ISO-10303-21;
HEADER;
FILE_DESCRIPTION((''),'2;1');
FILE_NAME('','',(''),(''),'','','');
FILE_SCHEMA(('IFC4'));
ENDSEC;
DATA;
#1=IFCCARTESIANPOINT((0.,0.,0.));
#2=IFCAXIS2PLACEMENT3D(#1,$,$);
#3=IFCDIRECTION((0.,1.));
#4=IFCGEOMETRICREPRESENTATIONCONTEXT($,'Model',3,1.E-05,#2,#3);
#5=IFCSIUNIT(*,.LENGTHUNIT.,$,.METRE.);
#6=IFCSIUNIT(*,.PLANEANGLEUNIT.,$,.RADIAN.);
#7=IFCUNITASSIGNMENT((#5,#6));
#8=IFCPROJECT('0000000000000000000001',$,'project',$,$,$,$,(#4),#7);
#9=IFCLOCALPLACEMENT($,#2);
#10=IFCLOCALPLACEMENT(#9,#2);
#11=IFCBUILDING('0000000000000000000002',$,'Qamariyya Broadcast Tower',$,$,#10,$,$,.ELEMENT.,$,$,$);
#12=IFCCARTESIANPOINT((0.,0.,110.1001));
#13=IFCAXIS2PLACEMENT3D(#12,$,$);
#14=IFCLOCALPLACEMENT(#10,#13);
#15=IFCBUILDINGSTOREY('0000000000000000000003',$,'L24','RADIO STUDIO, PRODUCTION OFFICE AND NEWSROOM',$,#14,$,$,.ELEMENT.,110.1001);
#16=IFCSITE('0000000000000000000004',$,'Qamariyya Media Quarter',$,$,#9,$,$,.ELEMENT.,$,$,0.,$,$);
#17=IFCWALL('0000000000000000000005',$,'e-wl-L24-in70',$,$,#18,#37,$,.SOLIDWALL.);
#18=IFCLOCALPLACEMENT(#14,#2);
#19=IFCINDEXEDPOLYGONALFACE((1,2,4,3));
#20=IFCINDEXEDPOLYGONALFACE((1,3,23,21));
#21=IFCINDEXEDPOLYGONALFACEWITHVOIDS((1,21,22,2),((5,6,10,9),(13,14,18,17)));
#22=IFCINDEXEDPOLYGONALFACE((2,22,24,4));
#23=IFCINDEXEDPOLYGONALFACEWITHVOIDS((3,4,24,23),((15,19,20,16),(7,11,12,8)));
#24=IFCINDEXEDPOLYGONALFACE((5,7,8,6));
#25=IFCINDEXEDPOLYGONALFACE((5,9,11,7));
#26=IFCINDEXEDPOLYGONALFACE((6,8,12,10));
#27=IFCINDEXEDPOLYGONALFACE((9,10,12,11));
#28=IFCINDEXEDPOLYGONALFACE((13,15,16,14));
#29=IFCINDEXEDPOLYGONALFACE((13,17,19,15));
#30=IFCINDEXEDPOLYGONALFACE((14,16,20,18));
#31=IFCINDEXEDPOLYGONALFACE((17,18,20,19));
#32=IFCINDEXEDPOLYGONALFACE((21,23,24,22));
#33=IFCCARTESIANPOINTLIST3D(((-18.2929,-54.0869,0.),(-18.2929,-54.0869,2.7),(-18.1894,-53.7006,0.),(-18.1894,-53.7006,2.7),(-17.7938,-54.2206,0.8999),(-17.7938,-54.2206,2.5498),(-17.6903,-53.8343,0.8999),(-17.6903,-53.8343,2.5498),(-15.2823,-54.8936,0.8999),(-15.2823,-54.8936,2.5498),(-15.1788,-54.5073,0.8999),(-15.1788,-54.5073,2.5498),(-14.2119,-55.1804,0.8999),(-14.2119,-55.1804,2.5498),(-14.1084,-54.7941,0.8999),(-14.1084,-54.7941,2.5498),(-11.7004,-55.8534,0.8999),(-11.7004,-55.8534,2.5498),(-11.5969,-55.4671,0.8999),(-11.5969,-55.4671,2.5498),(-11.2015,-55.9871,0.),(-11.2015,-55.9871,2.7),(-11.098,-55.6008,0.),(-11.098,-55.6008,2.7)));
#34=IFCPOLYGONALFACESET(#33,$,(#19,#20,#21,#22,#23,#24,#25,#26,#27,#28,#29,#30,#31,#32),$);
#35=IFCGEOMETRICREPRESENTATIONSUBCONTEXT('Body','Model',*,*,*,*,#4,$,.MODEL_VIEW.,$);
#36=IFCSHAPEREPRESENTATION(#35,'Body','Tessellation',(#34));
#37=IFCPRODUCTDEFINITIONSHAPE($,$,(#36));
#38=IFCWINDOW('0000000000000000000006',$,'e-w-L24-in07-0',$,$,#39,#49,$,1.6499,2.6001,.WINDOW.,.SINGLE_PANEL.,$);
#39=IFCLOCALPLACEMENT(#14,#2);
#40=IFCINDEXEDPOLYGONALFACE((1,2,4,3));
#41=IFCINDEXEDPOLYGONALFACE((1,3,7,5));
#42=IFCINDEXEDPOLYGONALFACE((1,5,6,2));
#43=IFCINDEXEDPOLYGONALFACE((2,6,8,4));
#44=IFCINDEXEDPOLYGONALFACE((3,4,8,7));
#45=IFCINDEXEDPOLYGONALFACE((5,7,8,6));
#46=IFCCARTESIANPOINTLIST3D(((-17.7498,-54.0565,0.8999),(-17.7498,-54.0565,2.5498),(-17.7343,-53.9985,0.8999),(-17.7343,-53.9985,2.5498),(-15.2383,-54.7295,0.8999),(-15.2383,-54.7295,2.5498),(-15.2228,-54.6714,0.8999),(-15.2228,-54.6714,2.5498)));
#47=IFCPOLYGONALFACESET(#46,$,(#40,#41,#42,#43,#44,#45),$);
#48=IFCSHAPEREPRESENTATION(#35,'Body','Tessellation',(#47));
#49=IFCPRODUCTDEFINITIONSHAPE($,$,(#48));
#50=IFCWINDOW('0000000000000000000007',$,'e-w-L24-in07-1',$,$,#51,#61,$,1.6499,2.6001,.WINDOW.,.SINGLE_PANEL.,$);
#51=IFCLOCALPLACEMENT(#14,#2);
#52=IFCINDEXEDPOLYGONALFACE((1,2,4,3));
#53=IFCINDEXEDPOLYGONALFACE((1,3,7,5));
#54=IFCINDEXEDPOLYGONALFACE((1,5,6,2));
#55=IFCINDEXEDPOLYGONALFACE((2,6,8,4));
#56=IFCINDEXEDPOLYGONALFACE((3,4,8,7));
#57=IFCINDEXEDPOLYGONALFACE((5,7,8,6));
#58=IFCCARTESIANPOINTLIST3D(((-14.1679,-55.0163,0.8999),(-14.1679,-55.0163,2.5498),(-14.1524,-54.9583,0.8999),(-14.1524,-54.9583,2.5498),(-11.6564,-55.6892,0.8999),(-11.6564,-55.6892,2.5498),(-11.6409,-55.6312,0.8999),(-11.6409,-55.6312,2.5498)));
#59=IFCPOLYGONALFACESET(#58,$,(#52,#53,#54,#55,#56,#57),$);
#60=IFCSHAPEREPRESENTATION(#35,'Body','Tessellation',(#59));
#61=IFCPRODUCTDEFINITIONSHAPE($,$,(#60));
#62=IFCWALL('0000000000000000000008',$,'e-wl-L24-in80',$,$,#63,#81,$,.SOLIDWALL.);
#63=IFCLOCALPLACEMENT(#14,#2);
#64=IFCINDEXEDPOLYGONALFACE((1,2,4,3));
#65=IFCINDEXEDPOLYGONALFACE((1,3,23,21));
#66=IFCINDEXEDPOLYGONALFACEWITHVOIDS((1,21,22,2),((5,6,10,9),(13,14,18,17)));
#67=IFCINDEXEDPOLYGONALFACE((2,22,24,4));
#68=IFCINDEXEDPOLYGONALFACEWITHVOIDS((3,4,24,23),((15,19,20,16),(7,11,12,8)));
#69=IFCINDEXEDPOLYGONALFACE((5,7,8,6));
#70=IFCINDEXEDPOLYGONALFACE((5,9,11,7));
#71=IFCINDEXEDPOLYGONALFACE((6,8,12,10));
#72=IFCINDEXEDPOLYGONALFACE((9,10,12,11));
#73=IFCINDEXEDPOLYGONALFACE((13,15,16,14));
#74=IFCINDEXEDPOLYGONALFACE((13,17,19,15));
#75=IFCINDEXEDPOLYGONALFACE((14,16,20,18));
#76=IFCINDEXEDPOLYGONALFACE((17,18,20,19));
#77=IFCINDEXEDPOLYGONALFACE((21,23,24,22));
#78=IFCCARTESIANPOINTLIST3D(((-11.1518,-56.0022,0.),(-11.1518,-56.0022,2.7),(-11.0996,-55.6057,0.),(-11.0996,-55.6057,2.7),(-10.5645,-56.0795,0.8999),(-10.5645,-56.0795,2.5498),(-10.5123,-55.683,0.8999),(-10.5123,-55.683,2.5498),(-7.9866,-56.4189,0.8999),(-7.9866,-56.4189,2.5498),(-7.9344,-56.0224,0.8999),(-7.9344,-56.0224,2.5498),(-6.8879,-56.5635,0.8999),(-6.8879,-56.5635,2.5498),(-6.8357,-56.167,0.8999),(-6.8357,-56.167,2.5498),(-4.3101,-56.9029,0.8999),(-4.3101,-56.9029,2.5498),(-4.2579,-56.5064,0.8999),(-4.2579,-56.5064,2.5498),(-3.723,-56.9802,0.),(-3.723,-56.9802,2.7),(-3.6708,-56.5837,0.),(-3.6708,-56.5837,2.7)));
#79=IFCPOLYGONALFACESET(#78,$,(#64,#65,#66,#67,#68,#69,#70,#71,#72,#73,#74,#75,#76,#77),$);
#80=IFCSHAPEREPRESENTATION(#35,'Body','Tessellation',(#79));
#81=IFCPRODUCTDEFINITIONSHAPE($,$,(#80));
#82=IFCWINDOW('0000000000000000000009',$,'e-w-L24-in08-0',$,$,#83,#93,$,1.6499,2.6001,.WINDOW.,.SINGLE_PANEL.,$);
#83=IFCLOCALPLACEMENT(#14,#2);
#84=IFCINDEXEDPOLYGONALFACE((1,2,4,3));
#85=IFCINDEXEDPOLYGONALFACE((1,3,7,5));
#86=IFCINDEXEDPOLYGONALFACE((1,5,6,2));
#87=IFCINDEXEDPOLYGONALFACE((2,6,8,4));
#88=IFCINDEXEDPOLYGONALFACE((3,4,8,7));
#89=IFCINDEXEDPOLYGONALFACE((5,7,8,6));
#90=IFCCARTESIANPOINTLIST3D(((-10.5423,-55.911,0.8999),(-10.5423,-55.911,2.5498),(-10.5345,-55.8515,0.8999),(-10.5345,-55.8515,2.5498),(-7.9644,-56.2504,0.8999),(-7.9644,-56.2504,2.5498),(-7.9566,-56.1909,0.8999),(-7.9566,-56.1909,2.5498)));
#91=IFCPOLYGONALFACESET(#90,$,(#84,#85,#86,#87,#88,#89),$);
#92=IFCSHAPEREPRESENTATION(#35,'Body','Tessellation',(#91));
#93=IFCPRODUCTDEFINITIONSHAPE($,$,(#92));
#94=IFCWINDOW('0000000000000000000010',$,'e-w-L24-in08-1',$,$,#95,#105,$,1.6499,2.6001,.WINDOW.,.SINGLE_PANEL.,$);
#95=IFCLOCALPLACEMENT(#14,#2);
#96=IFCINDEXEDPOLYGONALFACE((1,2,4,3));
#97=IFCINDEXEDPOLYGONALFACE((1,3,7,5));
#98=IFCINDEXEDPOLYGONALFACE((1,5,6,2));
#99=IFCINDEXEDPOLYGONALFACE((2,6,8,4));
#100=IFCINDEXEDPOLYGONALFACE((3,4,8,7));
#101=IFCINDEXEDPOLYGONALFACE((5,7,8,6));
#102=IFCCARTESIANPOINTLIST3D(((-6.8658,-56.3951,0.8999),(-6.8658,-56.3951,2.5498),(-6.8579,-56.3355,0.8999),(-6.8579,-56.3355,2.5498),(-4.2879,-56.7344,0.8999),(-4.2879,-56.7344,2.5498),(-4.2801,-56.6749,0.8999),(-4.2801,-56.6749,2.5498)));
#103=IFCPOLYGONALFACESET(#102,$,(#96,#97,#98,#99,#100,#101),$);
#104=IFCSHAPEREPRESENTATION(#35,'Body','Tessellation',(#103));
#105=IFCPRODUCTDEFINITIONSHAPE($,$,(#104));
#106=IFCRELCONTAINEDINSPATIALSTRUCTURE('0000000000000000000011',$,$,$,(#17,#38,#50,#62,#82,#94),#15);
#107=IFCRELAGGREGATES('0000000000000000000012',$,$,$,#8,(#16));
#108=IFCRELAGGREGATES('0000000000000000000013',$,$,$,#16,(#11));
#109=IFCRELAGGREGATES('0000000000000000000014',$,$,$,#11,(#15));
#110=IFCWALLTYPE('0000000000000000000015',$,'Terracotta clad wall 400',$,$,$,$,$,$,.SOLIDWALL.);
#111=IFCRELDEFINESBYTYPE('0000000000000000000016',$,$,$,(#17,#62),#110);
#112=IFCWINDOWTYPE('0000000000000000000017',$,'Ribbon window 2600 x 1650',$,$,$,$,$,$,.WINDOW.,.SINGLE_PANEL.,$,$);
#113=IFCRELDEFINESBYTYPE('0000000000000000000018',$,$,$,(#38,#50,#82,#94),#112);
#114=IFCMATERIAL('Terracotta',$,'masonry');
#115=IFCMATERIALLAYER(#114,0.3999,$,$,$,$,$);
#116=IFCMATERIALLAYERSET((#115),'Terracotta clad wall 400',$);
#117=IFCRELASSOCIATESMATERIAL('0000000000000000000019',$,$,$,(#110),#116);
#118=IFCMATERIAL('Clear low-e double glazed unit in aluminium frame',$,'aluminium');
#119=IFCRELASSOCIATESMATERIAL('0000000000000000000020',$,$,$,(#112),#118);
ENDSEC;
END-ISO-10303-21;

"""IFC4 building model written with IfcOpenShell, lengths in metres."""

from ifc_helpers import new_model, si_unit, direction, frame, frame_2d, origin, place, context, subcontext, project, spatial, rectangle, extrude, material, layer, layer_set, type_object, element, fill, save


model = new_model("IFC4")

# Units and contexts
model_context = context("Model", 3, precision=1e-05, world=origin(), true_north=direction((0.0, 1.0)))
body_context = subcontext(model_context, "Body", "Model", "MODEL_VIEW")
ifc_project = project(units=[si_unit("LENGTHUNIT", "METRE"), si_unit("PLANEANGLEUNIT", "RADIAN")], contexts=[model_context])

# Site, building, storey
site_placement = place(None, origin())
site = spatial("IfcSite", under=ifc_project, at=site_placement, Name="Qamariyya Media Quarter", CompositionType="ELEMENT", RefElevation=0.0)
building_placement = place(site_placement, origin())
building = spatial("IfcBuilding", under=site, at=building_placement, Name="Qamariyya Broadcast Tower", CompositionType="ELEMENT")
storey_placement = place(building_placement, frame((0.0, 0.0, 110.1001)))
storey = spatial("IfcBuildingStorey", under=building, at=storey_placement, Name="L24", Description="RADIO STUDIO, PRODUCTION OFFICE AND NEWSROOM", CompositionType="ELEMENT", Elevation=110.1001)

# Walls, openings, windows
ifc_material_1 = material(Name="Terracotta", Category="masonry")
ifc_layer_1 = layer(ifc_material_1, 0.3999)
ifc_layer_set_1 = layer_set([ifc_layer_1], Name="Terracotta clad wall 400")
wall_type_1 = type_object("IfcWallType", Name="Terracotta clad wall 400", PredefinedType="SOLIDWALL", material=ifc_layer_set_1)
ifc_material_2 = material(Name="Clear low-e double glazed unit in aluminium frame", Category="aluminium")
window_type = type_object("IfcWindowType", Name="Ribbon window 2600 x 1650", PartitioningType="SINGLE_PANEL", PredefinedType="WINDOW", material=ifc_material_2)
wall_1_placement = place(storey_placement, frame((-11.1497, -55.7939, 0.0), z_axis=(0.0, 0.0, 1.0), x_axis=(-0.965925, 0.258824, 0.0)))
wall_1 = element("IfcWall", 1, at=wall_1_placement, inside=storey, type_object=wall_type_1, Name="e-wl-L24-in70", PredefinedType="SOLIDWALL", context=body_context, shape_type="SweptSolid", body=[
    extrude(rectangle(XDim=7.3416, YDim=0.3999, at=frame_2d((3.6709, 0.0))), origin(), (0.0, 0.0, 1.0), 2.7),
])
opening_1_placement = place(wall_1_placement, frame((4.2249, 0.0, 0.8999)))
opening_1 = element("IfcOpeningElement", 2, at=opening_1_placement, cuts=wall_1, PredefinedType="OPENING", context=body_context, shape_type="SweptSolid", body=[
    extrude(rectangle(XDim=2.6001, YDim=1.6499, at=frame_2d((1.3, 0.825))), frame((0.0, 0.21, 0.0), z_axis=(0.0, -1.0, 0.0), x_axis=(1.0, 0.0, 0.0)), (0.0, 0.0, 1.0), 0.4199),
])
opening_2_placement = place(wall_1_placement, frame((0.5166, 0.0, 0.8999)))
opening_2 = element("IfcOpeningElement", 3, at=opening_2_placement, cuts=wall_1, PredefinedType="OPENING", context=body_context, shape_type="SweptSolid", body=[
    extrude(rectangle(XDim=2.6001, YDim=1.6499, at=frame_2d((1.3, 0.825))), frame((0.0, 0.21, 0.0), z_axis=(0.0, -1.0, 0.0), x_axis=(1.0, 0.0, 0.0)), (0.0, 0.0, 1.0), 0.4199),
])
window_1_placement = place(opening_1_placement, origin())
window_1 = element("IfcWindow", 4, at=window_1_placement, inside=storey, type_object=window_type, Name="e-w-L24-in07-0", OverallHeight=1.6499, OverallWidth=2.6001, PartitioningType="SINGLE_PANEL", PredefinedType="WINDOW", context=body_context, shape_type="SweptSolid", body=[
    extrude(rectangle(XDim=2.6001, YDim=1.6499, at=frame_2d((1.3, 0.825))), frame((0.0, 0.03, 0.0), z_axis=(0.0, -1.0, 0.0), x_axis=(1.0, 0.0, 0.0)), (0.0, 0.0, 1.0), 0.0601),
])
fill(opening_1, window_1)
window_2_placement = place(opening_2_placement, origin())
window_2 = element("IfcWindow", 5, at=window_2_placement, inside=storey, type_object=window_type, Name="e-w-L24-in07-1", OverallHeight=1.6499, OverallWidth=2.6001, PartitioningType="SINGLE_PANEL", PredefinedType="WINDOW", context=body_context, shape_type="SweptSolid", body=[
    extrude(rectangle(XDim=2.6001, YDim=1.6499, at=frame_2d((1.3, 0.825))), frame((0.0, 0.03, 0.0), z_axis=(0.0, -1.0, 0.0), x_axis=(1.0, 0.0, 0.0)), (0.0, 0.0, 1.0), 0.0601),
])
fill(opening_2, window_2)
wall_2_placement = place(storey_placement, frame((-3.6968, -56.782, 0.0), z_axis=(0.0, 0.0, 1.0), x_axis=(-0.991445, 0.130529, 0.0)))
wall_2 = element("IfcWall", 6, at=wall_2_placement, inside=storey, type_object=wall_type_1, Name="e-wl-L24-in80", PredefinedType="SOLIDWALL", context=body_context, shape_type="SweptSolid", body=[
    extrude(rectangle(XDim=7.4929, YDim=0.3999, at=frame_2d((3.7466, 0.0))), origin(), (0.0, 0.0, 1.0), 2.7),
])
opening_3_placement = place(wall_2_placement, frame((4.3005, 0.0, 0.8999)))
opening_3 = element("IfcOpeningElement", 7, at=opening_3_placement, cuts=wall_2, PredefinedType="OPENING", context=body_context, shape_type="SweptSolid", body=[
    extrude(rectangle(XDim=2.6001, YDim=1.6499, at=frame_2d((1.3, 0.825))), frame((0.0, 0.21, 0.0), z_axis=(0.0, -1.0, 0.0), x_axis=(1.0, 0.0, 0.0)), (0.0, 0.0, 1.0), 0.4199),
])
opening_4_placement = place(wall_2_placement, frame((0.5923, 0.0, 0.8999)))
opening_4 = element("IfcOpeningElement", 8, at=opening_4_placement, cuts=wall_2, PredefinedType="OPENING", context=body_context, shape_type="SweptSolid", body=[
    extrude(rectangle(XDim=2.6001, YDim=1.6499, at=frame_2d((1.3, 0.825))), frame((0.0, 0.21, 0.0), z_axis=(0.0, -1.0, 0.0), x_axis=(1.0, 0.0, 0.0)), (0.0, 0.0, 1.0), 0.4199),
])
window_3_placement = place(opening_3_placement, origin())
window_3 = element("IfcWindow", 9, at=window_3_placement, inside=storey, type_object=window_type, Name="e-w-L24-in08-0", OverallHeight=1.6499, OverallWidth=2.6001, PartitioningType="SINGLE_PANEL", PredefinedType="WINDOW", context=body_context, shape_type="SweptSolid", body=[
    extrude(rectangle(XDim=2.6001, YDim=1.6499, at=frame_2d((1.3, 0.825))), frame((0.0, 0.03, 0.0), z_axis=(0.0, -1.0, 0.0), x_axis=(1.0, 0.0, 0.0)), (0.0, 0.0, 1.0), 0.0601),
])
fill(opening_3, window_3)
window_4_placement = place(opening_4_placement, origin())
window_4 = element("IfcWindow", 10, at=window_4_placement, inside=storey, type_object=window_type, Name="e-w-L24-in08-1", OverallHeight=1.6499, OverallWidth=2.6001, PartitioningType="SINGLE_PANEL", PredefinedType="WINDOW", context=body_context, shape_type="SweptSolid", body=[
    extrude(rectangle(XDim=2.6001, YDim=1.6499, at=frame_2d((1.3, 0.825))), frame((0.0, 0.03, 0.0), z_axis=(0.0, -1.0, 0.0), x_axis=(1.0, 0.0, 0.0)), (0.0, 0.0, 1.0), 0.0601),
])
fill(opening_4, window_4)

save(model, "model.ifc")
